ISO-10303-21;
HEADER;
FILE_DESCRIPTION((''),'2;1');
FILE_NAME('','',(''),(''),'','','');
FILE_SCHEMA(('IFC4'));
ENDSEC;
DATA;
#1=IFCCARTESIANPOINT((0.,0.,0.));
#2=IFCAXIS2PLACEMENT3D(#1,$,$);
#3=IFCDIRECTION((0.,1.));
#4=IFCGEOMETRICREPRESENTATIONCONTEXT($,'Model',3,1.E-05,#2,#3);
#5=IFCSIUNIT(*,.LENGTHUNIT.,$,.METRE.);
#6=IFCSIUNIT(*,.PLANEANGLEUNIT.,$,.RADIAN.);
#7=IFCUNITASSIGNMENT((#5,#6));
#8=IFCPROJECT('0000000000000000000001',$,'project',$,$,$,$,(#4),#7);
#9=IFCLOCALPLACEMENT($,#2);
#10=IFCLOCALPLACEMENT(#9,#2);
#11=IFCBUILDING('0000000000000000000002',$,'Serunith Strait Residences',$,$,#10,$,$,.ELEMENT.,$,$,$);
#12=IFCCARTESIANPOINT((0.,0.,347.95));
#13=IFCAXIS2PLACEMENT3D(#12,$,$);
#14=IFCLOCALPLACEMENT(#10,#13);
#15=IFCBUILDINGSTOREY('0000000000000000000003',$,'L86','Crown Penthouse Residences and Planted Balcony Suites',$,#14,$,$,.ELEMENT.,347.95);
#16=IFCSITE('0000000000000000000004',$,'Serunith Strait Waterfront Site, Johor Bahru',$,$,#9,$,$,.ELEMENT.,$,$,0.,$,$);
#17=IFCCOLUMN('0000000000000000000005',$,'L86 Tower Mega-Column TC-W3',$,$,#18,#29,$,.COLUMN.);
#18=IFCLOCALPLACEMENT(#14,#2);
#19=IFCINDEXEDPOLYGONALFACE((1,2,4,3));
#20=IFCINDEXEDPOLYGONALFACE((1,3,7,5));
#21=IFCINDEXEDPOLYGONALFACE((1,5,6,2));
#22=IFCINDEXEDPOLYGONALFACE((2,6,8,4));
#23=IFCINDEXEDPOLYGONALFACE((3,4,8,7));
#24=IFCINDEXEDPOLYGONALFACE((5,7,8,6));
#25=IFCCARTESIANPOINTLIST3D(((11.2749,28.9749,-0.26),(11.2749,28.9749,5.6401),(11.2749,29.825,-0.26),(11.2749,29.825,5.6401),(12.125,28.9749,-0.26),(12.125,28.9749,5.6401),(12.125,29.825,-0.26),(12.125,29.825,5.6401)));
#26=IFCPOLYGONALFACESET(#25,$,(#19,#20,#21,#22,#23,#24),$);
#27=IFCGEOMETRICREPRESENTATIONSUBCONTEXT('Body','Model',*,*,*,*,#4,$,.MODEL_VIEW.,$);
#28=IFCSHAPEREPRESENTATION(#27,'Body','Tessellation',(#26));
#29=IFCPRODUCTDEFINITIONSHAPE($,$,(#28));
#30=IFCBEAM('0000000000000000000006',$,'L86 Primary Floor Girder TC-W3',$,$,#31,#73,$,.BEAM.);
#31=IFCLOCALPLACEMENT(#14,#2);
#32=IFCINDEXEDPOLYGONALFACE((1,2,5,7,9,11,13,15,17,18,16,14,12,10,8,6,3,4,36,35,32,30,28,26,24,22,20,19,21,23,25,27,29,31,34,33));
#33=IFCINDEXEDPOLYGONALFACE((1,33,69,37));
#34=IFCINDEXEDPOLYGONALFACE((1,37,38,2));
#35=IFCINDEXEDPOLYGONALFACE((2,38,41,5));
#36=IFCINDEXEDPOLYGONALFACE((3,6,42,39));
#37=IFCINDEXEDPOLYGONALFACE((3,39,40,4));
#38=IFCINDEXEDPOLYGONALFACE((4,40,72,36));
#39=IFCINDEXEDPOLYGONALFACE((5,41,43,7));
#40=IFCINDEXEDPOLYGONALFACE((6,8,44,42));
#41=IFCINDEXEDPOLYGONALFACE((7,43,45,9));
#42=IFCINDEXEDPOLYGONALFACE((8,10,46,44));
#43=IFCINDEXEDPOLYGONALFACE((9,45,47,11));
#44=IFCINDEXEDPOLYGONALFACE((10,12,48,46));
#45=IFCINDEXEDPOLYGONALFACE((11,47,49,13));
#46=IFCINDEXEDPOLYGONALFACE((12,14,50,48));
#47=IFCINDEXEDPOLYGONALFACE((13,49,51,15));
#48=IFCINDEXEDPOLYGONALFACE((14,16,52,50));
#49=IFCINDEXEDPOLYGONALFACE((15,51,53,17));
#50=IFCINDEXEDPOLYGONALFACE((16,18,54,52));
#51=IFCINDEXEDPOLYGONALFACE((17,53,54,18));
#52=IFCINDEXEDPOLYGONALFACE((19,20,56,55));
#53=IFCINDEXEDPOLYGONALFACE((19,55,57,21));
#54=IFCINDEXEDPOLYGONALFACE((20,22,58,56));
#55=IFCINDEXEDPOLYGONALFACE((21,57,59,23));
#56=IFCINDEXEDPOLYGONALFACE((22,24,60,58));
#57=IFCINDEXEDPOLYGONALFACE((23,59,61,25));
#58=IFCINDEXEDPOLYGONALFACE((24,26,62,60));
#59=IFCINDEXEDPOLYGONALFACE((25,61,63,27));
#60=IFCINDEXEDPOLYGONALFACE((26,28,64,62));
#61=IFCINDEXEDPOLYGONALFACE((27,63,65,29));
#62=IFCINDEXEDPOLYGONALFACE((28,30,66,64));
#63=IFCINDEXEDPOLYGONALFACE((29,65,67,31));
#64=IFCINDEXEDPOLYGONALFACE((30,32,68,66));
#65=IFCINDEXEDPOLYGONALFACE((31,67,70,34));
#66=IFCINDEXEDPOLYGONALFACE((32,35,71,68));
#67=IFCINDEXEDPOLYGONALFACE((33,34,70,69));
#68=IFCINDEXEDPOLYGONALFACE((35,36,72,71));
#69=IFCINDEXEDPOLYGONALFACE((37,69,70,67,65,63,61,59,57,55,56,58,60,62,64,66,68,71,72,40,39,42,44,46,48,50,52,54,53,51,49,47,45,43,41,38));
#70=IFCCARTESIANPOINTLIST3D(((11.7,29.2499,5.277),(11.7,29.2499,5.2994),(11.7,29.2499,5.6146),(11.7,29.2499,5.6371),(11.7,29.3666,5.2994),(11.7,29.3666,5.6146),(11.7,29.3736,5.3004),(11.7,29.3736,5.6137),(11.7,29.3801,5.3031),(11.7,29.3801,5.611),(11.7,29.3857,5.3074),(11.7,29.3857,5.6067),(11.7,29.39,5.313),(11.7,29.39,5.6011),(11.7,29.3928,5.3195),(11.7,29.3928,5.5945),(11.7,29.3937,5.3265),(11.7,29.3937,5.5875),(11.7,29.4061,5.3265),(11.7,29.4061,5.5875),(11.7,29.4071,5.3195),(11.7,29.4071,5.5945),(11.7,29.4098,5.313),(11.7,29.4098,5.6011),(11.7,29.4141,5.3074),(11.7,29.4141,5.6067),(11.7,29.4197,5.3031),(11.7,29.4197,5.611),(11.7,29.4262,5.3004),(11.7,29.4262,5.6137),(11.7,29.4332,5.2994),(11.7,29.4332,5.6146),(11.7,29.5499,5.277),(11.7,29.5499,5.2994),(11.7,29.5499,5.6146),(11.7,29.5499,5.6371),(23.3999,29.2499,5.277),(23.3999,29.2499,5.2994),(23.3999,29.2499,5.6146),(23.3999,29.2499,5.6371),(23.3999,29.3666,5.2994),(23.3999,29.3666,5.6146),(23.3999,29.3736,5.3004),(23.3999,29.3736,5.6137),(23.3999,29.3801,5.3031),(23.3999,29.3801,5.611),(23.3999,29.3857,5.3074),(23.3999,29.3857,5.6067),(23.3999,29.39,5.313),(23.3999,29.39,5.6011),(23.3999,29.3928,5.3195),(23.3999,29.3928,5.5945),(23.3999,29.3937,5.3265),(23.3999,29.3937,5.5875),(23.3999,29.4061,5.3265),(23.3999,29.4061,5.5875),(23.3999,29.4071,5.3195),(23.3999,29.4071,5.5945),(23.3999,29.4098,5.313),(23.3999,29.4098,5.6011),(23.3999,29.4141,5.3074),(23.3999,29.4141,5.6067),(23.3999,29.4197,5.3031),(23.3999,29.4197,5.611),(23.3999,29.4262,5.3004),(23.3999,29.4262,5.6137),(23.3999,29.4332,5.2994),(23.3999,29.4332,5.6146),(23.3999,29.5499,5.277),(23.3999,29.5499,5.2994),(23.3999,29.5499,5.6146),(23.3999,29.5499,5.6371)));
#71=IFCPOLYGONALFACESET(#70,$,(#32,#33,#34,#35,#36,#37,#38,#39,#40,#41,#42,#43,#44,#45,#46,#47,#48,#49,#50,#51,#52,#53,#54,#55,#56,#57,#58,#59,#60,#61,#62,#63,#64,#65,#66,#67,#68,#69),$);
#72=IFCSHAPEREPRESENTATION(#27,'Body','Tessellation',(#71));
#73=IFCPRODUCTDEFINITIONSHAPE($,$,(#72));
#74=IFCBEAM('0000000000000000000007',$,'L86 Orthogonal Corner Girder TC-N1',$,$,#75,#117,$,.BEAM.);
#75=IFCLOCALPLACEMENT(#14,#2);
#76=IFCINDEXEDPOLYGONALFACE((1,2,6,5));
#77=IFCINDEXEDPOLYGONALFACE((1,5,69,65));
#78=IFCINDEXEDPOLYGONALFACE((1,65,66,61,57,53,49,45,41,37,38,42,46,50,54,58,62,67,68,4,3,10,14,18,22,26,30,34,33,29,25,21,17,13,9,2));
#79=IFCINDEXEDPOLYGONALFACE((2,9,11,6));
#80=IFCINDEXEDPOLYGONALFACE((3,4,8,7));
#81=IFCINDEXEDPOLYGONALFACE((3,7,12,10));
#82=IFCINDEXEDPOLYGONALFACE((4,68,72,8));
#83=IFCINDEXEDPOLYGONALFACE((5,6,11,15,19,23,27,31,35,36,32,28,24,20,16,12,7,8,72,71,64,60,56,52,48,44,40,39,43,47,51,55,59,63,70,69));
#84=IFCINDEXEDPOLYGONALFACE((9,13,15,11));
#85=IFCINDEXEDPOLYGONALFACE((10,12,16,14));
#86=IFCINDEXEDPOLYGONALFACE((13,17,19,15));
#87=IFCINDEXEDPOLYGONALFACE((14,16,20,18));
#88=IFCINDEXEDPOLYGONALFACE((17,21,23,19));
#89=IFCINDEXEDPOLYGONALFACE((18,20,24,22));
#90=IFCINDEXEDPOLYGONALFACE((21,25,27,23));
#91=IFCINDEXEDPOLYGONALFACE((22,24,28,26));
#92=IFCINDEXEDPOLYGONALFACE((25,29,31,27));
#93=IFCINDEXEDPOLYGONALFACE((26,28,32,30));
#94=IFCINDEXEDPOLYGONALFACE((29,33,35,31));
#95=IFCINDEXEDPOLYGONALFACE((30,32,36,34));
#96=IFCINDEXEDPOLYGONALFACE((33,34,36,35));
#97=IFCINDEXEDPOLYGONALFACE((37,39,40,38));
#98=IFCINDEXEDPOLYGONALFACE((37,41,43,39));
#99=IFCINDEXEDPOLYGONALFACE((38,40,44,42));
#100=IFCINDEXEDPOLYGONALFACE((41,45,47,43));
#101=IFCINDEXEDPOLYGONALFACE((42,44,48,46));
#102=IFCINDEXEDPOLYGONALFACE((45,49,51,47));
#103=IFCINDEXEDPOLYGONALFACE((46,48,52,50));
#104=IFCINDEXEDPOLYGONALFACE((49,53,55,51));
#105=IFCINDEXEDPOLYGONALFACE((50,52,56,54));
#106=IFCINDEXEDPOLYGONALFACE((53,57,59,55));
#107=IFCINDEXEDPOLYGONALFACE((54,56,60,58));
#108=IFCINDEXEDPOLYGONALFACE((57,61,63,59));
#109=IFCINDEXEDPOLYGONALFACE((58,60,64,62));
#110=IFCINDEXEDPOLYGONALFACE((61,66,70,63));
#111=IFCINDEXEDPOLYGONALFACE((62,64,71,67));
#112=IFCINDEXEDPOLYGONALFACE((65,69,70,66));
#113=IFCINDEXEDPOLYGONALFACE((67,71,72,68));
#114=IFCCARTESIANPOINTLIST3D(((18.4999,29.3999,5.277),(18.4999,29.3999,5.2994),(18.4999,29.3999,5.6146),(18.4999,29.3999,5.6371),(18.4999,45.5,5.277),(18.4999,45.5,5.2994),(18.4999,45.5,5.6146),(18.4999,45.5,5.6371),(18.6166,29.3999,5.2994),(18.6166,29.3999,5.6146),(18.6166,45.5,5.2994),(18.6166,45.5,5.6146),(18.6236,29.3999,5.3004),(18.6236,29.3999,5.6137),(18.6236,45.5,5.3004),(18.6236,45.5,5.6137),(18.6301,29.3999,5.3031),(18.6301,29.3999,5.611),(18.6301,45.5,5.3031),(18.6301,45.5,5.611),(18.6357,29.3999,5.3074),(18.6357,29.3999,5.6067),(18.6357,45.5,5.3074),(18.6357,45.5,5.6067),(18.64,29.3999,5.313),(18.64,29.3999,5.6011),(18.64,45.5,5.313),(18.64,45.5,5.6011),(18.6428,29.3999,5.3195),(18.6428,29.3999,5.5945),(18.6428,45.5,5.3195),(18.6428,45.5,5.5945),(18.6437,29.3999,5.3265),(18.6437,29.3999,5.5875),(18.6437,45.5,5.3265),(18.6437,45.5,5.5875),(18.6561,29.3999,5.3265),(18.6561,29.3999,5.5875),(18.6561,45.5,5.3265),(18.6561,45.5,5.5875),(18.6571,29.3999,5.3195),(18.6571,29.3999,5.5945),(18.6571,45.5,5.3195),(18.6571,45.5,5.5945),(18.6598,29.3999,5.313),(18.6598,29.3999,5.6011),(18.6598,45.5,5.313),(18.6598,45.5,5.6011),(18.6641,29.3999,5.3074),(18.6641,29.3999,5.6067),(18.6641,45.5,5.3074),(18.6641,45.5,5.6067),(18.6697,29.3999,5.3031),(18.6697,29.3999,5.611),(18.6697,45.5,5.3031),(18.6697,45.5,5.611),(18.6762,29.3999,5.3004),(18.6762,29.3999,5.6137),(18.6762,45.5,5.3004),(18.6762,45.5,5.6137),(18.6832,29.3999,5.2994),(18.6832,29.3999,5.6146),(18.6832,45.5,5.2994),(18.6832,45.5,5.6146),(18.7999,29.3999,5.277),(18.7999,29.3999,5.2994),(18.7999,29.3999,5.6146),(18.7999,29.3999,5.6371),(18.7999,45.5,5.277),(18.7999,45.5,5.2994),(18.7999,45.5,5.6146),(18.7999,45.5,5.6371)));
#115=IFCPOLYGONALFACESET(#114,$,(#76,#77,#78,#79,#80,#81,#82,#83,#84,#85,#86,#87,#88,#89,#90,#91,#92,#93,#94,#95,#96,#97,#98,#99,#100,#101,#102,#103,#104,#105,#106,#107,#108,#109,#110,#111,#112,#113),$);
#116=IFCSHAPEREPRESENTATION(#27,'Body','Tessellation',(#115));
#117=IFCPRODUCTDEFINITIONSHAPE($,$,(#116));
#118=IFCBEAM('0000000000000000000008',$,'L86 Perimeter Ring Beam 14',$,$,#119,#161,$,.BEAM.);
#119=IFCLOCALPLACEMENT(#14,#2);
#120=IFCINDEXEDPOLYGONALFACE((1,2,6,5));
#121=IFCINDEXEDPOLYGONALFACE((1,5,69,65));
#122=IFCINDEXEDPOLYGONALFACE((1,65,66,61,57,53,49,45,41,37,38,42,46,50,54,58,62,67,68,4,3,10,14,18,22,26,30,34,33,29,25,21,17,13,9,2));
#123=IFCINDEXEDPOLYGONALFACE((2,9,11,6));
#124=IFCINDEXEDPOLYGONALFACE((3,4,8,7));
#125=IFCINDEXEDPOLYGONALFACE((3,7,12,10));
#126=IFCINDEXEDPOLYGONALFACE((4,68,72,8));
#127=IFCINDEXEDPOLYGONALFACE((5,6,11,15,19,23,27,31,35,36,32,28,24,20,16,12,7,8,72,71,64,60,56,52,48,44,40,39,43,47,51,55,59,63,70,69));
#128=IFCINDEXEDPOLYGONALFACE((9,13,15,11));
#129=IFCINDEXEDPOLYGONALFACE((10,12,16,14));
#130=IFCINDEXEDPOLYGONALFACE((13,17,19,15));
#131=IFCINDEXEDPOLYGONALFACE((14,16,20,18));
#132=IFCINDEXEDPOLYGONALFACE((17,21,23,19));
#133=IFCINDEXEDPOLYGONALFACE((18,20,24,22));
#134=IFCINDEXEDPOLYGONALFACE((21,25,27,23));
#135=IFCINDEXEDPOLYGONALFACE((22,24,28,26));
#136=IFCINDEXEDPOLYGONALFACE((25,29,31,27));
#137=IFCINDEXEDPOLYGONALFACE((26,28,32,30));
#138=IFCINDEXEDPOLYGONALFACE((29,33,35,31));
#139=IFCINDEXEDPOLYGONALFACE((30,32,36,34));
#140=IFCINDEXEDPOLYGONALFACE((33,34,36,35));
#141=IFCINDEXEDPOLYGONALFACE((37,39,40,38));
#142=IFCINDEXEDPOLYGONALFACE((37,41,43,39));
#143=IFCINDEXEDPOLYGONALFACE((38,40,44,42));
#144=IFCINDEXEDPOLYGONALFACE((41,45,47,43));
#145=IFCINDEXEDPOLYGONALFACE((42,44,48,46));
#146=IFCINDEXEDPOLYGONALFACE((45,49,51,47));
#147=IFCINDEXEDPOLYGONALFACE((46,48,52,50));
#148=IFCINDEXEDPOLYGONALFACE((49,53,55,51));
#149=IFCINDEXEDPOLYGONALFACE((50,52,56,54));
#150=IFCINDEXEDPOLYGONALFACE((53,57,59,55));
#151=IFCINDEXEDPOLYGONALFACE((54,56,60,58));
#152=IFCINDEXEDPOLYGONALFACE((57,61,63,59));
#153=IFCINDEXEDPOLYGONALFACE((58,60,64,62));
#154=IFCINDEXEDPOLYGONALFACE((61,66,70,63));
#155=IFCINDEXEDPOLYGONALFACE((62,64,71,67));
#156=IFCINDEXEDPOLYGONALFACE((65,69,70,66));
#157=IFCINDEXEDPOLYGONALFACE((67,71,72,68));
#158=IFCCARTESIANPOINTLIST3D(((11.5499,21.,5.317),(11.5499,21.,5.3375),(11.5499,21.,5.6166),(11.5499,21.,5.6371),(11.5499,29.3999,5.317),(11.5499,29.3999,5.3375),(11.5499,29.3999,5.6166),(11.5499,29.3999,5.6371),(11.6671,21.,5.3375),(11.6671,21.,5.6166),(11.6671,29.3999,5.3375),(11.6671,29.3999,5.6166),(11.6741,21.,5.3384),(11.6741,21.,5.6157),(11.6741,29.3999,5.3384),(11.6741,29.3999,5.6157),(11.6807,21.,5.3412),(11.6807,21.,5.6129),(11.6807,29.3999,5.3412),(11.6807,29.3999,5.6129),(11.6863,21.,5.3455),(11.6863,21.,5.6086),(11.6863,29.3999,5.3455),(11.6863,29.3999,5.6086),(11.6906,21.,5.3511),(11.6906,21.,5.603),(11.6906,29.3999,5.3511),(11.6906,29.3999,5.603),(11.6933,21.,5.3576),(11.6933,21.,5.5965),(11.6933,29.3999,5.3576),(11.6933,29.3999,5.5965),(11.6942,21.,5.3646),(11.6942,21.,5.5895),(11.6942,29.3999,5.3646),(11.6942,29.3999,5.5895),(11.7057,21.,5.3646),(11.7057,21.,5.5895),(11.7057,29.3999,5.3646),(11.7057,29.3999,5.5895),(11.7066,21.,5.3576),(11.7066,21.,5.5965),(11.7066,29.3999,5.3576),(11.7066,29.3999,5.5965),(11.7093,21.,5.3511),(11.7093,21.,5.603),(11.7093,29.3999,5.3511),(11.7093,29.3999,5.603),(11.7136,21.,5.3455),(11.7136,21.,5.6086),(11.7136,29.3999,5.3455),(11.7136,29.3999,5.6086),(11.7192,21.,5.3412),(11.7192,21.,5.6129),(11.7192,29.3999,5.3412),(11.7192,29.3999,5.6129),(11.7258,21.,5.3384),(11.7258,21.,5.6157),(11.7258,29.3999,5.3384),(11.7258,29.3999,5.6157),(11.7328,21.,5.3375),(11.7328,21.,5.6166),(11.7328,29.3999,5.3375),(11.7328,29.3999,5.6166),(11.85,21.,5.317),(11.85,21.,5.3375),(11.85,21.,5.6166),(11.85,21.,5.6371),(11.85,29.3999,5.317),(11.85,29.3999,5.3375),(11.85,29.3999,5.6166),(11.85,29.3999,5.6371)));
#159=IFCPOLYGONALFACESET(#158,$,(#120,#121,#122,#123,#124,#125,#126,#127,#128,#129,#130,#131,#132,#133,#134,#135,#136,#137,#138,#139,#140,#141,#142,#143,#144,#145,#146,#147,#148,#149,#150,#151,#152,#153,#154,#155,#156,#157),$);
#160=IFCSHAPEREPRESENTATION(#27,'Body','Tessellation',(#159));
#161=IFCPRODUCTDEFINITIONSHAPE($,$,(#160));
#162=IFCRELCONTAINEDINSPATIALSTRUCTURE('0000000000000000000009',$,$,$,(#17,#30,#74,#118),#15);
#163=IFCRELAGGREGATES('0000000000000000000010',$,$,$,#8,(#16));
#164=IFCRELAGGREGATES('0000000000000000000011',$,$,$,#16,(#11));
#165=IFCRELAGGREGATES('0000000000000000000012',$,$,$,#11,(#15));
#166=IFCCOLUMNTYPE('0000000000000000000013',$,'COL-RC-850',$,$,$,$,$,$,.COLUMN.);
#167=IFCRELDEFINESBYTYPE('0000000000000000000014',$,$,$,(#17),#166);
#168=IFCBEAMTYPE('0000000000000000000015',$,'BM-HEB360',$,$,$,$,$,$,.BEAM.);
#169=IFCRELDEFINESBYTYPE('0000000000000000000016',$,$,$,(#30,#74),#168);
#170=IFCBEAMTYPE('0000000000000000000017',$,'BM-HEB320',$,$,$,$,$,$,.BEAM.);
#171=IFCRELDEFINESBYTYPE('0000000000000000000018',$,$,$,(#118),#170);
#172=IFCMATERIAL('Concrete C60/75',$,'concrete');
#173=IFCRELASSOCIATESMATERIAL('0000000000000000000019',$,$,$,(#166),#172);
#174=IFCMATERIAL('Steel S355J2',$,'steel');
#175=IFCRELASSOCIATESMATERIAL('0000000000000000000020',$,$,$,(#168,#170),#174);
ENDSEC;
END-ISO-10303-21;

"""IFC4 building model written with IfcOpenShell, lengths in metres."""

from ifc_helpers import new_model, si_unit, direction, frame, origin, origin_2d, place, context, subcontext, project, spatial, rectangle, i_section, extrude, source, transform, mapped, material, material_profile, profile_set, type_object, element, save


model = new_model("IFC4")

# Units and contexts
model_context = context("Model", 3, precision=1e-05, world=origin(), true_north=direction((0.0, 1.0)))
body_context = subcontext(model_context, "Body", "Model", "MODEL_VIEW")
ifc_project = project(units=[si_unit("LENGTHUNIT", "METRE"), si_unit("PLANEANGLEUNIT", "RADIAN")], contexts=[model_context])

# Site, building, storey
site_placement = place(None, origin())
site = spatial("IfcSite", under=ifc_project, at=site_placement, Name="Serunith Strait Waterfront Site, Johor Bahru", CompositionType="ELEMENT", RefElevation=0.0)
building_placement = place(site_placement, origin())
building = spatial("IfcBuilding", under=site, at=building_placement, Name="Serunith Strait Residences", CompositionType="ELEMENT")
storey_placement = place(building_placement, frame((0.0, 0.0, 347.95)))
storey = spatial("IfcBuildingStorey", under=building, at=storey_placement, Name="L86", Description="Crown Penthouse Residences and Planted Balcony Suites", CompositionType="ELEMENT", Elevation=347.95)

# Column
ifc_material_1 = material(Name="Concrete C60/75", Category="concrete")
ifc_material_profile_1 = material_profile(ifc_material_1, rectangle(XDim=0.8501, YDim=0.8501, at=origin_2d()), Name="RC 850x850")
ifc_profile_set_1 = profile_set([ifc_material_profile_1], Name="Concrete C60/75")
column_type = type_object("IfcColumnType", Name="COL-RC-850", PredefinedType="COLUMN", material=ifc_profile_set_1)
shared_shape_1 = source(origin(), body_context, "Body", "SweptSolid", [
    extrude(rectangle(XDim=0.8501, YDim=0.8501, at=origin_2d()), origin(), (0.0, 0.0, 1.0), 5.9001),
])
column_placement = place(storey_placement, frame((11.7, 29.3999, -0.26), z_axis=(0.0, 0.0, 1.0), x_axis=(1.0, 0.0, 0.0)))
element("IfcColumn", 1, at=column_placement, inside=storey, type_object=column_type, Name="L86 Tower Mega-Column TC-W3", PredefinedType="COLUMN", context=body_context, shape_type="MappedRepresentation", body=[
    mapped(shared_shape_1, transform((0.0, 0.0, 0.0), scale=1.0)),
])

# Beams
ifc_material_2 = material(Name="Steel S355J2", Category="steel")
ifc_material_profile_2 = material_profile(ifc_material_2, i_section(OverallWidth=0.3, OverallDepth=0.3601, WebThickness=0.0125, FlangeThickness=0.0225, FilletRadius=0.0271, at=origin_2d()), Name="HEB 360")
ifc_profile_set_2 = profile_set([ifc_material_profile_2], Name="Steel S355J2")
beam_type_1 = type_object("IfcBeamType", Name="BM-HEB360", PredefinedType="BEAM", material=ifc_profile_set_2)
shared_shape_2 = source(origin(), body_context, "Body", "SweptSolid", [
    extrude(i_section(OverallWidth=0.3, OverallDepth=0.3601, WebThickness=0.0125, FlangeThickness=0.0225, FilletRadius=0.0271, at=origin_2d()), origin(), (0.0, 0.0, 1.0), 11.7),
])
beam_1_placement = place(storey_placement, frame((23.3999, 29.3999, 5.457), z_axis=(-1.0, 0.0, 0.0), x_axis=(0.0, -1.0, 0.0)))
element("IfcBeam", 2, at=beam_1_placement, inside=storey, type_object=beam_type_1, Name="L86 Primary Floor Girder TC-W3", PredefinedType="BEAM", context=body_context, shape_type="MappedRepresentation", body=[
    mapped(shared_shape_2, transform((0.0, 0.0, 0.0), scale=1.0)),
])
shared_shape_3 = source(origin(), body_context, "Body", "SweptSolid", [
    extrude(i_section(OverallWidth=0.3, OverallDepth=0.3601, WebThickness=0.0125, FlangeThickness=0.0225, FilletRadius=0.0271, at=origin_2d()), origin(), (0.0, 0.0, 1.0), 16.1001),
])
beam_2_placement = place(storey_placement, frame((18.6499, 29.3999, 5.457), z_axis=(0.0, 1.0, 0.0), x_axis=(-1.0, 0.0, 0.0)))
element("IfcBeam", 3, at=beam_2_placement, inside=storey, type_object=beam_type_1, Name="L86 Orthogonal Corner Girder TC-N1", PredefinedType="BEAM", context=body_context, shape_type="MappedRepresentation", body=[
    mapped(shared_shape_3, transform((0.0, 0.0, 0.0), scale=1.0)),
])
ifc_material_profile_3 = material_profile(ifc_material_2, i_section(OverallWidth=0.3, OverallDepth=0.3201, WebThickness=0.0115, FlangeThickness=0.0205, FilletRadius=0.0271, at=origin_2d()), Name="HEB 320")
ifc_profile_set_3 = profile_set([ifc_material_profile_3], Name="Steel S355J2")
beam_type_2 = type_object("IfcBeamType", Name="BM-HEB320", PredefinedType="BEAM", material=ifc_profile_set_3)
shared_shape_4 = source(origin(), body_context, "Body", "SweptSolid", [
    extrude(i_section(OverallWidth=0.3, OverallDepth=0.3201, WebThickness=0.0115, FlangeThickness=0.0205, FilletRadius=0.0271, at=origin_2d()), origin(), (0.0, 0.0, 1.0), 8.3999),
])
beam_3_placement = place(storey_placement, frame((11.7, 29.3999, 5.4771), z_axis=(0.0, -1.0, 0.0), x_axis=(1.0, 0.0, 0.0)))
element("IfcBeam", 4, at=beam_3_placement, inside=storey, type_object=beam_type_2, Name="L86 Perimeter Ring Beam 14", PredefinedType="BEAM", context=body_context, shape_type="MappedRepresentation", body=[
    mapped(shared_shape_4, transform((0.0, 0.0, 0.0), scale=1.0)),
])

save(model, "model.ifc")
